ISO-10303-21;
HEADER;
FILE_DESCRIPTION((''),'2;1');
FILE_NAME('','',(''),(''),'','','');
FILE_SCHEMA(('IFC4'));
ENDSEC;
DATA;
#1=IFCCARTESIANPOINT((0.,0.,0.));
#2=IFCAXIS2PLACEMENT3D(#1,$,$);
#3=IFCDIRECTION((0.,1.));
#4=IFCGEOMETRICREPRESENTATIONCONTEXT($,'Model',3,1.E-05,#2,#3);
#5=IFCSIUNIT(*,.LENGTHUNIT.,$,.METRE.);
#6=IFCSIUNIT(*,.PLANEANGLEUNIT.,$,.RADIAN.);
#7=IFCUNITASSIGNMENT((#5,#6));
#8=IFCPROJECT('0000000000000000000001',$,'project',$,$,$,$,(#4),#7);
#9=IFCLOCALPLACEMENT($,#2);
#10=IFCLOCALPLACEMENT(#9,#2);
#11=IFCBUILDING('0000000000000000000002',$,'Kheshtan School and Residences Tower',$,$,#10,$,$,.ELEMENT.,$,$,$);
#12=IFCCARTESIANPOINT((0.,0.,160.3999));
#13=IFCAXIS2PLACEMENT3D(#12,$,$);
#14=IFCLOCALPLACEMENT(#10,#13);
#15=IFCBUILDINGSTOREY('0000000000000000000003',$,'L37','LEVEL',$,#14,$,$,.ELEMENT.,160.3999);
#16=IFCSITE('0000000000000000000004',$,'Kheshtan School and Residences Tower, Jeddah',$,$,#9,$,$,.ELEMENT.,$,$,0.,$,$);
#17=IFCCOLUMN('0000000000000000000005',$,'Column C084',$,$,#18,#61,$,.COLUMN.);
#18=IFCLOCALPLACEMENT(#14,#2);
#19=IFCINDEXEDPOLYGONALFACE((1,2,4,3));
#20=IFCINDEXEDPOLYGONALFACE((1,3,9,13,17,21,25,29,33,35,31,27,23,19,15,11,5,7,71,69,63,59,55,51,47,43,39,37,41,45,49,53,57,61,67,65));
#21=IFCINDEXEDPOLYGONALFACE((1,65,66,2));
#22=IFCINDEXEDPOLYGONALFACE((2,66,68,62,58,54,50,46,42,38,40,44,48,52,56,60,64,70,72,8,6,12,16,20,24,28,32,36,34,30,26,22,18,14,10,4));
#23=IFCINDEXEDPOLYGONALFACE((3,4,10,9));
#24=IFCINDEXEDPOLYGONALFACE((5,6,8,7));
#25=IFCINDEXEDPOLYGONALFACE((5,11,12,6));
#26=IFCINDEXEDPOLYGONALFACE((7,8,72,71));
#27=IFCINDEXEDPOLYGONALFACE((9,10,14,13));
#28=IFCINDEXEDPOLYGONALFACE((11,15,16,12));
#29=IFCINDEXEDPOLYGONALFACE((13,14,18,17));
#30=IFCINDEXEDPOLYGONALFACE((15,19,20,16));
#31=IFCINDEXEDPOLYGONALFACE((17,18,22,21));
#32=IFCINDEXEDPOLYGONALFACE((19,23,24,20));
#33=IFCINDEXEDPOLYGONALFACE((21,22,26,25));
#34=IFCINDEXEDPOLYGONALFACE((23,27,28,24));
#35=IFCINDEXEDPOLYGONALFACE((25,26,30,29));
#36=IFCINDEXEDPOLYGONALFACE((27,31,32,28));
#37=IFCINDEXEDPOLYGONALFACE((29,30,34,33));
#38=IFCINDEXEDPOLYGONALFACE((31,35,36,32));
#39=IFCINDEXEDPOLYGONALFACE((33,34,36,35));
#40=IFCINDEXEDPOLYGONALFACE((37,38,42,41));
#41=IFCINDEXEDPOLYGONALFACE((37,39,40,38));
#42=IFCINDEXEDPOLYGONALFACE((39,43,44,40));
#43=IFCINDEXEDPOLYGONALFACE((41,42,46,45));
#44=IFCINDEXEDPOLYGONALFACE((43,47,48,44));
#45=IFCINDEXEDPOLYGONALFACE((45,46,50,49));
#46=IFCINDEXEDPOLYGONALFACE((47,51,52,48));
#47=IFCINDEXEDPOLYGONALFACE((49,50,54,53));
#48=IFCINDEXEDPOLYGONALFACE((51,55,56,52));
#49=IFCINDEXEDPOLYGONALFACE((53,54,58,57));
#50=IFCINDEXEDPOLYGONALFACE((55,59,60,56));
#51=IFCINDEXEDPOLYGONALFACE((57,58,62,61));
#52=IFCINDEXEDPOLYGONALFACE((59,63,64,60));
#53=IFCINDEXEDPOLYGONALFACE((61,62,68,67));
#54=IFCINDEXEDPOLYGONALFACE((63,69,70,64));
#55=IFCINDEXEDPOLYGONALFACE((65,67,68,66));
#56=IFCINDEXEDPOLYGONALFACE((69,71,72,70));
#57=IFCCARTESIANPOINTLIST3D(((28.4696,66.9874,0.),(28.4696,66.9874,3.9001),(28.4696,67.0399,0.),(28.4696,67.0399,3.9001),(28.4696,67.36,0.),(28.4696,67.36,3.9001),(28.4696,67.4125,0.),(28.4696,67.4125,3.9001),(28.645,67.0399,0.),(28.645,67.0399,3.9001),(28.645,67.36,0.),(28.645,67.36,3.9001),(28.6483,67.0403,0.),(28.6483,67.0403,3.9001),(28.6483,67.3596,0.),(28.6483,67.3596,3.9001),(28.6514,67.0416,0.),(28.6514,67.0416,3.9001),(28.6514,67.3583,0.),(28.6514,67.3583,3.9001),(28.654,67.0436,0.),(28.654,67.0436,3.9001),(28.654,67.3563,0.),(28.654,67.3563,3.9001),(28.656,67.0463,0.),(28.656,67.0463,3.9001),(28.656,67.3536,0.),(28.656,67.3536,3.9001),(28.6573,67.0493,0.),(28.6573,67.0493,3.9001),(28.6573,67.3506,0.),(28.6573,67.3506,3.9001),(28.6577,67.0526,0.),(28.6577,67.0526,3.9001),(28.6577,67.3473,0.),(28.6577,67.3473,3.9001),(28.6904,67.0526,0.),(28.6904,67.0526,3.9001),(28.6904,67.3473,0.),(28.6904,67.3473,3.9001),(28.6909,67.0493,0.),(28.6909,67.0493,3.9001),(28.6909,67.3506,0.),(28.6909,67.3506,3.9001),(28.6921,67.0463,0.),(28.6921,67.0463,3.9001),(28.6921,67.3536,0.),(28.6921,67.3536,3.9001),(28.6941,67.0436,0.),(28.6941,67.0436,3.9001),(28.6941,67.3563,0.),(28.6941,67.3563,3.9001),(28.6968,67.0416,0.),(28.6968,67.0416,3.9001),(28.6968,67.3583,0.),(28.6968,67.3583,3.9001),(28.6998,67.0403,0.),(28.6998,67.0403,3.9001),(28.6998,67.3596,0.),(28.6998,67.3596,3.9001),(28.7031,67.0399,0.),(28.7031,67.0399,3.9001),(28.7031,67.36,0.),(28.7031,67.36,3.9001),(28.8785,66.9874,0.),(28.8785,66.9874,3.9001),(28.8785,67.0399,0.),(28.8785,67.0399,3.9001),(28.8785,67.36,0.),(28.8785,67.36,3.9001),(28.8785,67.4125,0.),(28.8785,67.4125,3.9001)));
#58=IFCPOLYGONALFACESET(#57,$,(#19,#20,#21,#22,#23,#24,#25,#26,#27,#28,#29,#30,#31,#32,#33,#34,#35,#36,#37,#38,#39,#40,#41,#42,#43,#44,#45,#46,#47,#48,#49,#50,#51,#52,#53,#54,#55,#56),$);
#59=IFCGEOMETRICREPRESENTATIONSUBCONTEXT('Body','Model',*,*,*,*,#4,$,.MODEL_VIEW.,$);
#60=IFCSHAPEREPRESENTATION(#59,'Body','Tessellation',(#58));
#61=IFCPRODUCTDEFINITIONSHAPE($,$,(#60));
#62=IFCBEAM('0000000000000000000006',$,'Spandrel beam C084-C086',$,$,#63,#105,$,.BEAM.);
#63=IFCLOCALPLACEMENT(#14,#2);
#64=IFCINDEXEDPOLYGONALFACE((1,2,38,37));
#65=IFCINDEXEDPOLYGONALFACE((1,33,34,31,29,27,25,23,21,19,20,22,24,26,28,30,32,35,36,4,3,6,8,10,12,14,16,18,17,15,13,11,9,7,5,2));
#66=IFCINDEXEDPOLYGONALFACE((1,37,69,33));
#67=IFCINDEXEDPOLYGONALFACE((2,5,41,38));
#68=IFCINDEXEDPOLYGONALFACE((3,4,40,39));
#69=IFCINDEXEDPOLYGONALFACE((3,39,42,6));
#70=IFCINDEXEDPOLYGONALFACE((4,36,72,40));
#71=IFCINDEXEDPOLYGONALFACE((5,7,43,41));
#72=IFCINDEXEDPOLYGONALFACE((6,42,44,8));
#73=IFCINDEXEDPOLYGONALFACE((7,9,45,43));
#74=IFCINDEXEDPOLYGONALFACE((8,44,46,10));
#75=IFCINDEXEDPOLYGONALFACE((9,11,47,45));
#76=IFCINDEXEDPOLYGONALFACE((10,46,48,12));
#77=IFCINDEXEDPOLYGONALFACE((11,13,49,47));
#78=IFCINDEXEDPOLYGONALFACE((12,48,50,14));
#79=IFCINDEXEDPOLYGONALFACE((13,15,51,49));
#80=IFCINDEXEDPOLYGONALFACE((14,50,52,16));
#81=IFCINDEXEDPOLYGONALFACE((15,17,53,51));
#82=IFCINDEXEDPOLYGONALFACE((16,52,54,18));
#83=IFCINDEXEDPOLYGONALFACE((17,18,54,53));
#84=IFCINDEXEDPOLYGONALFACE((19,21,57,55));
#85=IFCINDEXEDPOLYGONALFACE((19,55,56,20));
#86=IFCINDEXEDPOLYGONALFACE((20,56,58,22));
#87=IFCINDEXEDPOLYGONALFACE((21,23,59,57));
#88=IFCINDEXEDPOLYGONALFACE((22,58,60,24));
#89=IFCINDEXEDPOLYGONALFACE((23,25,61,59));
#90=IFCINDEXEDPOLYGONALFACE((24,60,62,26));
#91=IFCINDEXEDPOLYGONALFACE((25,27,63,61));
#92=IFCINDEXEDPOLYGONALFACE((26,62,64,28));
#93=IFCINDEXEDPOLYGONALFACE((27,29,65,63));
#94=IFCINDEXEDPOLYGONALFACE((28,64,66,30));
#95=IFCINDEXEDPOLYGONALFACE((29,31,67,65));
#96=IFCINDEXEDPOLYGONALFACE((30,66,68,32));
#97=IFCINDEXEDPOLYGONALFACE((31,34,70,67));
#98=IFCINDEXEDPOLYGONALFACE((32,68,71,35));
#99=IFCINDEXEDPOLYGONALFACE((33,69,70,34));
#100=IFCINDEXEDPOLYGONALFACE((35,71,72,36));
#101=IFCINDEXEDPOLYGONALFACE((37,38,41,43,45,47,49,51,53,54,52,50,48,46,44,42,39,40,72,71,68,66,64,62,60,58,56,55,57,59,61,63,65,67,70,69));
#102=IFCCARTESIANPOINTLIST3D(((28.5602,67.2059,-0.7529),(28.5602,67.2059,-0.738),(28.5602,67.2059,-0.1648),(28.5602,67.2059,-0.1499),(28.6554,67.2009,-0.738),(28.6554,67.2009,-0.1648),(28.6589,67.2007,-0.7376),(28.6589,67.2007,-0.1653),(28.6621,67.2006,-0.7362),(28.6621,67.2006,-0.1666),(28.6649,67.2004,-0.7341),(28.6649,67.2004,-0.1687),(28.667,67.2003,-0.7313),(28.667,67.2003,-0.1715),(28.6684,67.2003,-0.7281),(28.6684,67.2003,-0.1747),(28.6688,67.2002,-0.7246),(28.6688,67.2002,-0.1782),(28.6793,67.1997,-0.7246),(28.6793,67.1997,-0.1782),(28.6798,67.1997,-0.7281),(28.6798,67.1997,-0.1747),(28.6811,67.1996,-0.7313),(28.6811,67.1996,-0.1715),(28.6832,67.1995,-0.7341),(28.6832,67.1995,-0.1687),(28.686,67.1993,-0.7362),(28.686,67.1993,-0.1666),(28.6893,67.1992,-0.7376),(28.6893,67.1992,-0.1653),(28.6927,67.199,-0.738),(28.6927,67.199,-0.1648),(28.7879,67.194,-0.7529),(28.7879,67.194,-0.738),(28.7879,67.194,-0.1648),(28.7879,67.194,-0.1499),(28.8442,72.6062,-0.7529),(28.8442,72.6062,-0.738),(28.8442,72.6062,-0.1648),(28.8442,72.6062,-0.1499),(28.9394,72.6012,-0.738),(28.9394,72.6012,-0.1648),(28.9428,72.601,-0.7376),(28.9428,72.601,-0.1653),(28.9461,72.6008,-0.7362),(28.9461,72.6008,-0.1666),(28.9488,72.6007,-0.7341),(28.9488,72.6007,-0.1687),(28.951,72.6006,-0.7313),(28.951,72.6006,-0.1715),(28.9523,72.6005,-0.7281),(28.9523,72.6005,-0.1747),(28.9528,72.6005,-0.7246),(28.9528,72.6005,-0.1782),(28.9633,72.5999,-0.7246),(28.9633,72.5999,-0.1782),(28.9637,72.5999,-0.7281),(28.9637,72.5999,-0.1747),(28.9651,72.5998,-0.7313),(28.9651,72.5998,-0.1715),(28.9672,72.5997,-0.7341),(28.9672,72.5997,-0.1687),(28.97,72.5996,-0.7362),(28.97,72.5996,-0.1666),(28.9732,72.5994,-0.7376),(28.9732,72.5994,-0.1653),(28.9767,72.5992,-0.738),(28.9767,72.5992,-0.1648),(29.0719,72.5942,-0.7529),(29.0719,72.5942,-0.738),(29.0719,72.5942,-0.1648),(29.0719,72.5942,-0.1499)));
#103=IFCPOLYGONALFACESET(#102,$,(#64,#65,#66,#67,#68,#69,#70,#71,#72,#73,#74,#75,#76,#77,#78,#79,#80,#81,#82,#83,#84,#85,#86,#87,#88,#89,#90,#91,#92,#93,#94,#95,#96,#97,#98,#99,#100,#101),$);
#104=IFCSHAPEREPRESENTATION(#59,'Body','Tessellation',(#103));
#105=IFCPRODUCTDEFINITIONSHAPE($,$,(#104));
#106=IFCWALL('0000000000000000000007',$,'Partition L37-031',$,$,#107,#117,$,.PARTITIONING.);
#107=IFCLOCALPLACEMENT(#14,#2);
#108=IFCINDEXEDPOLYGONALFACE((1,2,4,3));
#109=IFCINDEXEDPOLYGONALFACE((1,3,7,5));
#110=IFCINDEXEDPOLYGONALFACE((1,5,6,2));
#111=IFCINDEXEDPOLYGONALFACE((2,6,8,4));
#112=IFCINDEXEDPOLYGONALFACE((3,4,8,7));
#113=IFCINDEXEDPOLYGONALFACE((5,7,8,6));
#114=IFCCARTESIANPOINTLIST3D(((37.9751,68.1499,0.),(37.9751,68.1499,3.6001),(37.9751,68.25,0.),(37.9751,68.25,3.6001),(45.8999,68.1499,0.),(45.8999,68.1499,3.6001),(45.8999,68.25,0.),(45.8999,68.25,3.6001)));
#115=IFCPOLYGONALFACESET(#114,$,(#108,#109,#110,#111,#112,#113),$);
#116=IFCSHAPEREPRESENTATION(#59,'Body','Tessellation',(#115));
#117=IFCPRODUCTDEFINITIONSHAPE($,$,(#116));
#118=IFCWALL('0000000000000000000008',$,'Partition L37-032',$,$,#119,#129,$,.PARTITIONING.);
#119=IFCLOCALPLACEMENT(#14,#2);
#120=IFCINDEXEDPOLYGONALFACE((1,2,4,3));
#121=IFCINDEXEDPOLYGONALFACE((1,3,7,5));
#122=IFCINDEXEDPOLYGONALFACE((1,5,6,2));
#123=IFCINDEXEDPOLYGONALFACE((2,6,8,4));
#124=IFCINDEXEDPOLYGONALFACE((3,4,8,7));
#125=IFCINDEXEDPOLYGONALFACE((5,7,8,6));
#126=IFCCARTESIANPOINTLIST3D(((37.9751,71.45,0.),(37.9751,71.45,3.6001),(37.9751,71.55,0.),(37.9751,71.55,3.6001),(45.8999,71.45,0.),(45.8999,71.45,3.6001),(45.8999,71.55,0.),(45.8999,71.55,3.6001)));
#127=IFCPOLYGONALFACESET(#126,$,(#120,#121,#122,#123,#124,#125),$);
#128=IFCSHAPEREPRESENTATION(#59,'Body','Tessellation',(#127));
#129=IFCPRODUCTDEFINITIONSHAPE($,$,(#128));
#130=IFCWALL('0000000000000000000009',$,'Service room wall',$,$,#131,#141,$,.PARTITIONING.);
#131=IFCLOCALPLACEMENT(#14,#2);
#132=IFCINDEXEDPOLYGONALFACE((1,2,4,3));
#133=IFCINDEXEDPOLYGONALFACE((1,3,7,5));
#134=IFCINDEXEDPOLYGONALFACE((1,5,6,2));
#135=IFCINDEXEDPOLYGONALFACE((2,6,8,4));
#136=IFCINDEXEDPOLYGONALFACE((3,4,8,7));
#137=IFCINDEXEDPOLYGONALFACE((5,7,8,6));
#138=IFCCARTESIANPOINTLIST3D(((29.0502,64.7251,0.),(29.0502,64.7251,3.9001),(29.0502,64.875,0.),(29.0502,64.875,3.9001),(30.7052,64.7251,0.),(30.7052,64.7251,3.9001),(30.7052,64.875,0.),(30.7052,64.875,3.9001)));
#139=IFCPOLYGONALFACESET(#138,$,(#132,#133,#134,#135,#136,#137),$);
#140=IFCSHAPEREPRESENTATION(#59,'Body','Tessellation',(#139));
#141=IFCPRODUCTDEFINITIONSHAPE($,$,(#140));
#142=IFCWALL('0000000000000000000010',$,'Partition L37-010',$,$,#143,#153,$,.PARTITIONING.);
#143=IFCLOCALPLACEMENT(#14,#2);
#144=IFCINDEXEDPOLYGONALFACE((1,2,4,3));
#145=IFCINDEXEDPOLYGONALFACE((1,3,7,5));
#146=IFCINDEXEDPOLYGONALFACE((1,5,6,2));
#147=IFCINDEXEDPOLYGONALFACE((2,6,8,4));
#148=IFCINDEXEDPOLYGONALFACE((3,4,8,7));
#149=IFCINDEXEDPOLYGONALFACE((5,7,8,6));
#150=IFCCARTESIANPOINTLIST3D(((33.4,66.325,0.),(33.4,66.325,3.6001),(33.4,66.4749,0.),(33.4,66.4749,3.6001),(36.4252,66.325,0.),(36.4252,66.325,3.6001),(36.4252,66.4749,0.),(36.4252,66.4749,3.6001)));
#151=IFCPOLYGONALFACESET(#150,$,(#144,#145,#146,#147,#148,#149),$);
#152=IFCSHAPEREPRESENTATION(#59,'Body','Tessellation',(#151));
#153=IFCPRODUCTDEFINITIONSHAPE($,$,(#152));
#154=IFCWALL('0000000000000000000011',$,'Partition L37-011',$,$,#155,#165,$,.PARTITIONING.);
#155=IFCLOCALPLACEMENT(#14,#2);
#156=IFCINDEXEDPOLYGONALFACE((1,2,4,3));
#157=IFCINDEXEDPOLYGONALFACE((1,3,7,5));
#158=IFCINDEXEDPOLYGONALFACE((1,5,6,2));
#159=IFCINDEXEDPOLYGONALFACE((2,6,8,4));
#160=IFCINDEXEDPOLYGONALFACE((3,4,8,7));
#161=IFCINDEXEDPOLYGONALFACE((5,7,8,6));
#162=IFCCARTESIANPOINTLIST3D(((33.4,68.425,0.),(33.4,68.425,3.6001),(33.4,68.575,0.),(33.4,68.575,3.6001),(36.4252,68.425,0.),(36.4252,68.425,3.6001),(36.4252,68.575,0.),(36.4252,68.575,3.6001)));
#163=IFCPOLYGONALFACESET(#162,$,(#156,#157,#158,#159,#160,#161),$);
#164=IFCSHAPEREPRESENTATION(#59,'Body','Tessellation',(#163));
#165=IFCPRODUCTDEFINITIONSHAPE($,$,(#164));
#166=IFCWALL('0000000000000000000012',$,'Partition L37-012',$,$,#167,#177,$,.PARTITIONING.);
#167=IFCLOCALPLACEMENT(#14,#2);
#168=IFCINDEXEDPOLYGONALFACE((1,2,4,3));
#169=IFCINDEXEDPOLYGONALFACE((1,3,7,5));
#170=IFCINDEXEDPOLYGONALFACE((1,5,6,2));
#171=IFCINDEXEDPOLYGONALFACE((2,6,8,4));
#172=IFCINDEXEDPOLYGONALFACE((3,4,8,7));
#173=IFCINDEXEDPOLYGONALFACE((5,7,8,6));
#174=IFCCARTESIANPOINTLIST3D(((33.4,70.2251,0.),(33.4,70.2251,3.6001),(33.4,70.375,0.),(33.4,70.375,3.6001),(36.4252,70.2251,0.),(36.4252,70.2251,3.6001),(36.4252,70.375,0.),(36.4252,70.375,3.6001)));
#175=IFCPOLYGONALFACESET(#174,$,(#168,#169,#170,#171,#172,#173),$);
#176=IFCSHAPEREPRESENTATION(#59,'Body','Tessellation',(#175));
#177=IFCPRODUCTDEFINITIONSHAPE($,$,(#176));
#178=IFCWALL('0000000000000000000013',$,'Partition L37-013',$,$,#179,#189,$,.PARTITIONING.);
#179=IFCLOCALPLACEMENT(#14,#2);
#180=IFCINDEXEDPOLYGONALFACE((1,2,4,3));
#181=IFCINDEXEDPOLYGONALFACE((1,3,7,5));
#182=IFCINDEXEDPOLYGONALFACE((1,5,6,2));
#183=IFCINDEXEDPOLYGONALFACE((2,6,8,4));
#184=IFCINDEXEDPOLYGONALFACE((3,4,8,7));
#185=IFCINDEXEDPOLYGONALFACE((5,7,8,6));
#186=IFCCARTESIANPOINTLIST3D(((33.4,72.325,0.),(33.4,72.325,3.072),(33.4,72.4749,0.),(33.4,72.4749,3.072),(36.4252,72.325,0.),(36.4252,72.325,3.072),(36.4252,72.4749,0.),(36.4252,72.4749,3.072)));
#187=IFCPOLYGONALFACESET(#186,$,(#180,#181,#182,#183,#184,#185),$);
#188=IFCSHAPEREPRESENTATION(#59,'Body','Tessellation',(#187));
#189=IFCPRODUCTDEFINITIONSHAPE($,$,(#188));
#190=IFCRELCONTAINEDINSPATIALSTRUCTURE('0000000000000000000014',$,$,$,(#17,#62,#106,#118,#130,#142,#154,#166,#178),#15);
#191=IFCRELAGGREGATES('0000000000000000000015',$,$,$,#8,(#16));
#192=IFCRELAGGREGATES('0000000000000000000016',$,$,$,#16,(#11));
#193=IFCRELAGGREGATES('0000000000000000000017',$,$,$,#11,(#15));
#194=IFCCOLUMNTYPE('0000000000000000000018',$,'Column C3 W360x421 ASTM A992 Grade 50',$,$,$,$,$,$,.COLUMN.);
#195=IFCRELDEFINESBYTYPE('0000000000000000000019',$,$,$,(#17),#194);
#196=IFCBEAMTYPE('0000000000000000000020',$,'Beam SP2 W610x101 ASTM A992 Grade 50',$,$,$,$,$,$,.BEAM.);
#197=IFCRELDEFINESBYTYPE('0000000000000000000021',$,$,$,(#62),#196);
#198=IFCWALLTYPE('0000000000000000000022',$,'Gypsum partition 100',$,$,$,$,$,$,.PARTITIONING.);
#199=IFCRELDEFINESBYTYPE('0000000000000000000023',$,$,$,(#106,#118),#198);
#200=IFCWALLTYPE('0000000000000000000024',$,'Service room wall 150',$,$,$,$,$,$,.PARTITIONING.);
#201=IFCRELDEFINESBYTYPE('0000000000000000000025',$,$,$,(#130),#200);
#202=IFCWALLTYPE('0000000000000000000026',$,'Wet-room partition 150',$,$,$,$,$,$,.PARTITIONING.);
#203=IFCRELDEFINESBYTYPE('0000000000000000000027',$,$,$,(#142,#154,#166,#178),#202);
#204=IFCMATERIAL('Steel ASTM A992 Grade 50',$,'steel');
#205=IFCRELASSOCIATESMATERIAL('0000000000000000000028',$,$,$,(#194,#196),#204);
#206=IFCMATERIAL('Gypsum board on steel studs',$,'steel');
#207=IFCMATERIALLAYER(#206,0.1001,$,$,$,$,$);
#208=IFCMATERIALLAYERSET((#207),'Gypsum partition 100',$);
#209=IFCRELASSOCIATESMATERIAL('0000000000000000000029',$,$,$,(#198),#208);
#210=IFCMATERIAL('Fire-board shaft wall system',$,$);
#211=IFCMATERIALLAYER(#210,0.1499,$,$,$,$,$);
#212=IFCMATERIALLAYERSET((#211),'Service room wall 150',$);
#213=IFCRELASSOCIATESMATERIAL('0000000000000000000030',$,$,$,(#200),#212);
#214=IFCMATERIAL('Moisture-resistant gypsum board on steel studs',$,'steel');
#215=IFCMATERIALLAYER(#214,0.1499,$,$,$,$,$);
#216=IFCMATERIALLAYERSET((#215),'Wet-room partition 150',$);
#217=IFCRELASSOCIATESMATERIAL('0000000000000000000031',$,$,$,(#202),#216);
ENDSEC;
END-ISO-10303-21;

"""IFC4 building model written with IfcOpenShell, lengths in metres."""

from ifc_helpers import new_model, si_unit, direction, frame, frame_2d, origin, origin_2d, place, context, subcontext, project, spatial, rectangle, i_section, extrude, material, layer, layer_set, material_profile, profile_set, type_object, element, save


model = new_model("IFC4")

# Units and contexts
model_context = context("Model", 3, precision=1e-05, world=origin(), true_north=direction((0.0, 1.0)))
body_context = subcontext(model_context, "Body", "Model", "MODEL_VIEW")
ifc_project = project(units=[si_unit("LENGTHUNIT", "METRE"), si_unit("PLANEANGLEUNIT", "RADIAN")], contexts=[model_context])

# Site, building, storey
site_placement = place(None, origin())
site = spatial("IfcSite", under=ifc_project, at=site_placement, Name="Kheshtan School and Residences Tower, Jeddah", CompositionType="ELEMENT", RefElevation=0.0)
building_placement = place(site_placement, origin())
building = spatial("IfcBuilding", under=site, at=building_placement, Name="Kheshtan School and Residences Tower", CompositionType="ELEMENT")
storey_placement = place(building_placement, frame((0.0, 0.0, 160.3999)))
storey = spatial("IfcBuildingStorey", under=building, at=storey_placement, Name="L37", Description="LEVEL", CompositionType="ELEMENT", Elevation=160.3999)

# Column
ifc_material_1 = material(Name="Steel ASTM A992 Grade 50", Category="steel")
ifc_material_profile_1 = material_profile(ifc_material_1, i_section(OverallWidth=0.4089, OverallDepth=0.425, WebThickness=0.0327, FlangeThickness=0.0525, FilletRadius=0.0127, at=origin_2d()), Name="W360x421")
ifc_profile_set_1 = profile_set([ifc_material_profile_1], Name="Steel ASTM A992 Grade 50")
column_type = type_object("IfcColumnType", Name="Column C3 W360x421 ASTM A992 Grade 50", PredefinedType="COLUMN", material=ifc_profile_set_1)
column_placement = place(storey_placement, frame((28.6741, 67.2, 0.0), z_axis=(0.0, 0.0, 1.0), x_axis=(1.0, 0.0, 0.0)))
element("IfcColumn", 1, at=column_placement, inside=storey, type_object=column_type, Name="Column C084", PredefinedType="COLUMN", context=body_context, shape_type="SweptSolid", body=[
    extrude(i_section(OverallWidth=0.4089, OverallDepth=0.425, WebThickness=0.0327, FlangeThickness=0.0525, FilletRadius=0.0127, at=origin_2d()), origin(), (0.0, 0.0, 1.0), 3.9001),
])

# Beam
ifc_material_profile_2 = material_profile(ifc_material_1, i_section(OverallWidth=0.228, OverallDepth=0.603, WebThickness=0.0105, FlangeThickness=0.0149, FilletRadius=0.0134, at=origin_2d()), Name="W610x101")
ifc_profile_set_2 = profile_set([ifc_material_profile_2], Name="Steel ASTM A992 Grade 50")
beam_type = type_object("IfcBeamType", Name="Beam SP2 W610x101 ASTM A992 Grade 50", PredefinedType="BEAM", material=ifc_profile_set_2)
beam_placement = place(storey_placement, frame((28.6741, 67.2, -0.4514), z_axis=(0.052507, 0.998621, 0.0), x_axis=(-0.998621, 0.052507, 0.0)))
element("IfcBeam", 2, at=beam_placement, inside=storey, type_object=beam_type, Name="Spandrel beam C084-C086", PredefinedType="BEAM", context=body_context, shape_type="SweptSolid", body=[
    extrude(i_section(OverallWidth=0.228, OverallDepth=0.603, WebThickness=0.0105, FlangeThickness=0.0149, FilletRadius=0.0134, at=origin_2d()), origin(), (0.0, 0.0, 1.0), 5.4077),
])

# Walls
ifc_material_2 = material(Name="Gypsum board on steel studs", Category="steel")
ifc_layer_1 = layer(ifc_material_2, 0.1001)
ifc_layer_set_1 = layer_set([ifc_layer_1], Name="Gypsum partition 100")
wall_type_1 = type_object("IfcWallType", Name="Gypsum partition 100", PredefinedType="PARTITIONING", material=ifc_layer_set_1)
for number, where, z_axis, x_axis, name in (
    (3, (37.9751, 68.2, 0.0), (0.0, 0.0, 1.0), (1.0, 0.0, 0.0), "Partition L37-031"),
    (4, (37.9751, 71.5, 0.0), (0.0, 0.0, 1.0), (1.0, 0.0, 0.0), "Partition L37-032"),
):
    element("IfcWall", number, at=place(storey_placement, frame(where, z_axis=z_axis, x_axis=x_axis)), inside=storey, type_object=wall_type_1, Name=name, PredefinedType="PARTITIONING", context=body_context, shape_type="SweptSolid", body=[
        extrude(rectangle(XDim=7.9248, YDim=0.1001, at=frame_2d((3.9624, 0.0))), origin(), (0.0, 0.0, 1.0), 3.6001),
    ])
ifc_material_3 = material(Name="Fire-board shaft wall system")
ifc_layer_2 = layer(ifc_material_3, 0.1499)
ifc_layer_set_2 = layer_set([ifc_layer_2], Name="Service room wall 150")
wall_type_2 = type_object("IfcWallType", Name="Service room wall 150", PredefinedType="PARTITIONING", material=ifc_layer_set_2)
wall_1_placement = place(storey_placement, frame((29.05, 64.8, 0.0), z_axis=(0.0, 0.0, 1.0), x_axis=(1.0, 0.0, 0.0)))
element("IfcWall", 5, at=wall_1_placement, inside=storey, type_object=wall_type_2, Name="Service room wall", PredefinedType="PARTITIONING", context=body_context, shape_type="SweptSolid", body=[
    extrude(rectangle(XDim=1.655, YDim=0.1499, at=frame_2d((0.8276, 0.0))), origin(), (0.0, 0.0, 1.0), 3.9001),
])
ifc_material_4 = material(Name="Moisture-resistant gypsum board on steel studs", Category="steel")
ifc_layer_3 = layer(ifc_material_4, 0.1499)
ifc_layer_set_3 = layer_set([ifc_layer_3], Name="Wet-room partition 150")
wall_type_3 = type_object("IfcWallType", Name="Wet-room partition 150", PredefinedType="PARTITIONING", material=ifc_layer_set_3)
for number, where, z_axis, x_axis, name in (
    (6, (33.3999, 66.3999, 0.0), (0.0, 0.0, 1.0), (1.0, 0.0, 0.0), "Partition L37-010"),
    (7, (33.3999, 68.5, 0.0), (0.0, 0.0, 1.0), (1.0, 0.0, 0.0), "Partition L37-011"),
    (8, (33.3999, 70.3, 0.0), (0.0, 0.0, 1.0), (1.0, 0.0, 0.0), "Partition L37-012"),
):
    element("IfcWall", number, at=place(storey_placement, frame(where, z_axis=z_axis, x_axis=x_axis)), inside=storey, type_object=wall_type_3, Name=name, PredefinedType="PARTITIONING", context=body_context, shape_type="SweptSolid", body=[
        extrude(rectangle(XDim=3.0251, YDim=0.1499, at=frame_2d((1.5127, 0.0))), origin(), (0.0, 0.0, 1.0), 3.6001),
    ])
wall_2_placement = place(storey_placement, frame((33.3999, 72.3999, 0.0), z_axis=(0.0, 0.0, 1.0), x_axis=(1.0, 0.0, 0.0)))
element("IfcWall", 9, at=wall_2_placement, inside=storey, type_object=wall_type_3, Name="Partition L37-013", PredefinedType="PARTITIONING", context=body_context, shape_type="SweptSolid", body=[
    extrude(rectangle(XDim=3.0251, YDim=0.1499, at=frame_2d((1.5127, 0.0))), origin(), (0.0, 0.0, 1.0), 3.072),
])

save(model, "model.ifc")
